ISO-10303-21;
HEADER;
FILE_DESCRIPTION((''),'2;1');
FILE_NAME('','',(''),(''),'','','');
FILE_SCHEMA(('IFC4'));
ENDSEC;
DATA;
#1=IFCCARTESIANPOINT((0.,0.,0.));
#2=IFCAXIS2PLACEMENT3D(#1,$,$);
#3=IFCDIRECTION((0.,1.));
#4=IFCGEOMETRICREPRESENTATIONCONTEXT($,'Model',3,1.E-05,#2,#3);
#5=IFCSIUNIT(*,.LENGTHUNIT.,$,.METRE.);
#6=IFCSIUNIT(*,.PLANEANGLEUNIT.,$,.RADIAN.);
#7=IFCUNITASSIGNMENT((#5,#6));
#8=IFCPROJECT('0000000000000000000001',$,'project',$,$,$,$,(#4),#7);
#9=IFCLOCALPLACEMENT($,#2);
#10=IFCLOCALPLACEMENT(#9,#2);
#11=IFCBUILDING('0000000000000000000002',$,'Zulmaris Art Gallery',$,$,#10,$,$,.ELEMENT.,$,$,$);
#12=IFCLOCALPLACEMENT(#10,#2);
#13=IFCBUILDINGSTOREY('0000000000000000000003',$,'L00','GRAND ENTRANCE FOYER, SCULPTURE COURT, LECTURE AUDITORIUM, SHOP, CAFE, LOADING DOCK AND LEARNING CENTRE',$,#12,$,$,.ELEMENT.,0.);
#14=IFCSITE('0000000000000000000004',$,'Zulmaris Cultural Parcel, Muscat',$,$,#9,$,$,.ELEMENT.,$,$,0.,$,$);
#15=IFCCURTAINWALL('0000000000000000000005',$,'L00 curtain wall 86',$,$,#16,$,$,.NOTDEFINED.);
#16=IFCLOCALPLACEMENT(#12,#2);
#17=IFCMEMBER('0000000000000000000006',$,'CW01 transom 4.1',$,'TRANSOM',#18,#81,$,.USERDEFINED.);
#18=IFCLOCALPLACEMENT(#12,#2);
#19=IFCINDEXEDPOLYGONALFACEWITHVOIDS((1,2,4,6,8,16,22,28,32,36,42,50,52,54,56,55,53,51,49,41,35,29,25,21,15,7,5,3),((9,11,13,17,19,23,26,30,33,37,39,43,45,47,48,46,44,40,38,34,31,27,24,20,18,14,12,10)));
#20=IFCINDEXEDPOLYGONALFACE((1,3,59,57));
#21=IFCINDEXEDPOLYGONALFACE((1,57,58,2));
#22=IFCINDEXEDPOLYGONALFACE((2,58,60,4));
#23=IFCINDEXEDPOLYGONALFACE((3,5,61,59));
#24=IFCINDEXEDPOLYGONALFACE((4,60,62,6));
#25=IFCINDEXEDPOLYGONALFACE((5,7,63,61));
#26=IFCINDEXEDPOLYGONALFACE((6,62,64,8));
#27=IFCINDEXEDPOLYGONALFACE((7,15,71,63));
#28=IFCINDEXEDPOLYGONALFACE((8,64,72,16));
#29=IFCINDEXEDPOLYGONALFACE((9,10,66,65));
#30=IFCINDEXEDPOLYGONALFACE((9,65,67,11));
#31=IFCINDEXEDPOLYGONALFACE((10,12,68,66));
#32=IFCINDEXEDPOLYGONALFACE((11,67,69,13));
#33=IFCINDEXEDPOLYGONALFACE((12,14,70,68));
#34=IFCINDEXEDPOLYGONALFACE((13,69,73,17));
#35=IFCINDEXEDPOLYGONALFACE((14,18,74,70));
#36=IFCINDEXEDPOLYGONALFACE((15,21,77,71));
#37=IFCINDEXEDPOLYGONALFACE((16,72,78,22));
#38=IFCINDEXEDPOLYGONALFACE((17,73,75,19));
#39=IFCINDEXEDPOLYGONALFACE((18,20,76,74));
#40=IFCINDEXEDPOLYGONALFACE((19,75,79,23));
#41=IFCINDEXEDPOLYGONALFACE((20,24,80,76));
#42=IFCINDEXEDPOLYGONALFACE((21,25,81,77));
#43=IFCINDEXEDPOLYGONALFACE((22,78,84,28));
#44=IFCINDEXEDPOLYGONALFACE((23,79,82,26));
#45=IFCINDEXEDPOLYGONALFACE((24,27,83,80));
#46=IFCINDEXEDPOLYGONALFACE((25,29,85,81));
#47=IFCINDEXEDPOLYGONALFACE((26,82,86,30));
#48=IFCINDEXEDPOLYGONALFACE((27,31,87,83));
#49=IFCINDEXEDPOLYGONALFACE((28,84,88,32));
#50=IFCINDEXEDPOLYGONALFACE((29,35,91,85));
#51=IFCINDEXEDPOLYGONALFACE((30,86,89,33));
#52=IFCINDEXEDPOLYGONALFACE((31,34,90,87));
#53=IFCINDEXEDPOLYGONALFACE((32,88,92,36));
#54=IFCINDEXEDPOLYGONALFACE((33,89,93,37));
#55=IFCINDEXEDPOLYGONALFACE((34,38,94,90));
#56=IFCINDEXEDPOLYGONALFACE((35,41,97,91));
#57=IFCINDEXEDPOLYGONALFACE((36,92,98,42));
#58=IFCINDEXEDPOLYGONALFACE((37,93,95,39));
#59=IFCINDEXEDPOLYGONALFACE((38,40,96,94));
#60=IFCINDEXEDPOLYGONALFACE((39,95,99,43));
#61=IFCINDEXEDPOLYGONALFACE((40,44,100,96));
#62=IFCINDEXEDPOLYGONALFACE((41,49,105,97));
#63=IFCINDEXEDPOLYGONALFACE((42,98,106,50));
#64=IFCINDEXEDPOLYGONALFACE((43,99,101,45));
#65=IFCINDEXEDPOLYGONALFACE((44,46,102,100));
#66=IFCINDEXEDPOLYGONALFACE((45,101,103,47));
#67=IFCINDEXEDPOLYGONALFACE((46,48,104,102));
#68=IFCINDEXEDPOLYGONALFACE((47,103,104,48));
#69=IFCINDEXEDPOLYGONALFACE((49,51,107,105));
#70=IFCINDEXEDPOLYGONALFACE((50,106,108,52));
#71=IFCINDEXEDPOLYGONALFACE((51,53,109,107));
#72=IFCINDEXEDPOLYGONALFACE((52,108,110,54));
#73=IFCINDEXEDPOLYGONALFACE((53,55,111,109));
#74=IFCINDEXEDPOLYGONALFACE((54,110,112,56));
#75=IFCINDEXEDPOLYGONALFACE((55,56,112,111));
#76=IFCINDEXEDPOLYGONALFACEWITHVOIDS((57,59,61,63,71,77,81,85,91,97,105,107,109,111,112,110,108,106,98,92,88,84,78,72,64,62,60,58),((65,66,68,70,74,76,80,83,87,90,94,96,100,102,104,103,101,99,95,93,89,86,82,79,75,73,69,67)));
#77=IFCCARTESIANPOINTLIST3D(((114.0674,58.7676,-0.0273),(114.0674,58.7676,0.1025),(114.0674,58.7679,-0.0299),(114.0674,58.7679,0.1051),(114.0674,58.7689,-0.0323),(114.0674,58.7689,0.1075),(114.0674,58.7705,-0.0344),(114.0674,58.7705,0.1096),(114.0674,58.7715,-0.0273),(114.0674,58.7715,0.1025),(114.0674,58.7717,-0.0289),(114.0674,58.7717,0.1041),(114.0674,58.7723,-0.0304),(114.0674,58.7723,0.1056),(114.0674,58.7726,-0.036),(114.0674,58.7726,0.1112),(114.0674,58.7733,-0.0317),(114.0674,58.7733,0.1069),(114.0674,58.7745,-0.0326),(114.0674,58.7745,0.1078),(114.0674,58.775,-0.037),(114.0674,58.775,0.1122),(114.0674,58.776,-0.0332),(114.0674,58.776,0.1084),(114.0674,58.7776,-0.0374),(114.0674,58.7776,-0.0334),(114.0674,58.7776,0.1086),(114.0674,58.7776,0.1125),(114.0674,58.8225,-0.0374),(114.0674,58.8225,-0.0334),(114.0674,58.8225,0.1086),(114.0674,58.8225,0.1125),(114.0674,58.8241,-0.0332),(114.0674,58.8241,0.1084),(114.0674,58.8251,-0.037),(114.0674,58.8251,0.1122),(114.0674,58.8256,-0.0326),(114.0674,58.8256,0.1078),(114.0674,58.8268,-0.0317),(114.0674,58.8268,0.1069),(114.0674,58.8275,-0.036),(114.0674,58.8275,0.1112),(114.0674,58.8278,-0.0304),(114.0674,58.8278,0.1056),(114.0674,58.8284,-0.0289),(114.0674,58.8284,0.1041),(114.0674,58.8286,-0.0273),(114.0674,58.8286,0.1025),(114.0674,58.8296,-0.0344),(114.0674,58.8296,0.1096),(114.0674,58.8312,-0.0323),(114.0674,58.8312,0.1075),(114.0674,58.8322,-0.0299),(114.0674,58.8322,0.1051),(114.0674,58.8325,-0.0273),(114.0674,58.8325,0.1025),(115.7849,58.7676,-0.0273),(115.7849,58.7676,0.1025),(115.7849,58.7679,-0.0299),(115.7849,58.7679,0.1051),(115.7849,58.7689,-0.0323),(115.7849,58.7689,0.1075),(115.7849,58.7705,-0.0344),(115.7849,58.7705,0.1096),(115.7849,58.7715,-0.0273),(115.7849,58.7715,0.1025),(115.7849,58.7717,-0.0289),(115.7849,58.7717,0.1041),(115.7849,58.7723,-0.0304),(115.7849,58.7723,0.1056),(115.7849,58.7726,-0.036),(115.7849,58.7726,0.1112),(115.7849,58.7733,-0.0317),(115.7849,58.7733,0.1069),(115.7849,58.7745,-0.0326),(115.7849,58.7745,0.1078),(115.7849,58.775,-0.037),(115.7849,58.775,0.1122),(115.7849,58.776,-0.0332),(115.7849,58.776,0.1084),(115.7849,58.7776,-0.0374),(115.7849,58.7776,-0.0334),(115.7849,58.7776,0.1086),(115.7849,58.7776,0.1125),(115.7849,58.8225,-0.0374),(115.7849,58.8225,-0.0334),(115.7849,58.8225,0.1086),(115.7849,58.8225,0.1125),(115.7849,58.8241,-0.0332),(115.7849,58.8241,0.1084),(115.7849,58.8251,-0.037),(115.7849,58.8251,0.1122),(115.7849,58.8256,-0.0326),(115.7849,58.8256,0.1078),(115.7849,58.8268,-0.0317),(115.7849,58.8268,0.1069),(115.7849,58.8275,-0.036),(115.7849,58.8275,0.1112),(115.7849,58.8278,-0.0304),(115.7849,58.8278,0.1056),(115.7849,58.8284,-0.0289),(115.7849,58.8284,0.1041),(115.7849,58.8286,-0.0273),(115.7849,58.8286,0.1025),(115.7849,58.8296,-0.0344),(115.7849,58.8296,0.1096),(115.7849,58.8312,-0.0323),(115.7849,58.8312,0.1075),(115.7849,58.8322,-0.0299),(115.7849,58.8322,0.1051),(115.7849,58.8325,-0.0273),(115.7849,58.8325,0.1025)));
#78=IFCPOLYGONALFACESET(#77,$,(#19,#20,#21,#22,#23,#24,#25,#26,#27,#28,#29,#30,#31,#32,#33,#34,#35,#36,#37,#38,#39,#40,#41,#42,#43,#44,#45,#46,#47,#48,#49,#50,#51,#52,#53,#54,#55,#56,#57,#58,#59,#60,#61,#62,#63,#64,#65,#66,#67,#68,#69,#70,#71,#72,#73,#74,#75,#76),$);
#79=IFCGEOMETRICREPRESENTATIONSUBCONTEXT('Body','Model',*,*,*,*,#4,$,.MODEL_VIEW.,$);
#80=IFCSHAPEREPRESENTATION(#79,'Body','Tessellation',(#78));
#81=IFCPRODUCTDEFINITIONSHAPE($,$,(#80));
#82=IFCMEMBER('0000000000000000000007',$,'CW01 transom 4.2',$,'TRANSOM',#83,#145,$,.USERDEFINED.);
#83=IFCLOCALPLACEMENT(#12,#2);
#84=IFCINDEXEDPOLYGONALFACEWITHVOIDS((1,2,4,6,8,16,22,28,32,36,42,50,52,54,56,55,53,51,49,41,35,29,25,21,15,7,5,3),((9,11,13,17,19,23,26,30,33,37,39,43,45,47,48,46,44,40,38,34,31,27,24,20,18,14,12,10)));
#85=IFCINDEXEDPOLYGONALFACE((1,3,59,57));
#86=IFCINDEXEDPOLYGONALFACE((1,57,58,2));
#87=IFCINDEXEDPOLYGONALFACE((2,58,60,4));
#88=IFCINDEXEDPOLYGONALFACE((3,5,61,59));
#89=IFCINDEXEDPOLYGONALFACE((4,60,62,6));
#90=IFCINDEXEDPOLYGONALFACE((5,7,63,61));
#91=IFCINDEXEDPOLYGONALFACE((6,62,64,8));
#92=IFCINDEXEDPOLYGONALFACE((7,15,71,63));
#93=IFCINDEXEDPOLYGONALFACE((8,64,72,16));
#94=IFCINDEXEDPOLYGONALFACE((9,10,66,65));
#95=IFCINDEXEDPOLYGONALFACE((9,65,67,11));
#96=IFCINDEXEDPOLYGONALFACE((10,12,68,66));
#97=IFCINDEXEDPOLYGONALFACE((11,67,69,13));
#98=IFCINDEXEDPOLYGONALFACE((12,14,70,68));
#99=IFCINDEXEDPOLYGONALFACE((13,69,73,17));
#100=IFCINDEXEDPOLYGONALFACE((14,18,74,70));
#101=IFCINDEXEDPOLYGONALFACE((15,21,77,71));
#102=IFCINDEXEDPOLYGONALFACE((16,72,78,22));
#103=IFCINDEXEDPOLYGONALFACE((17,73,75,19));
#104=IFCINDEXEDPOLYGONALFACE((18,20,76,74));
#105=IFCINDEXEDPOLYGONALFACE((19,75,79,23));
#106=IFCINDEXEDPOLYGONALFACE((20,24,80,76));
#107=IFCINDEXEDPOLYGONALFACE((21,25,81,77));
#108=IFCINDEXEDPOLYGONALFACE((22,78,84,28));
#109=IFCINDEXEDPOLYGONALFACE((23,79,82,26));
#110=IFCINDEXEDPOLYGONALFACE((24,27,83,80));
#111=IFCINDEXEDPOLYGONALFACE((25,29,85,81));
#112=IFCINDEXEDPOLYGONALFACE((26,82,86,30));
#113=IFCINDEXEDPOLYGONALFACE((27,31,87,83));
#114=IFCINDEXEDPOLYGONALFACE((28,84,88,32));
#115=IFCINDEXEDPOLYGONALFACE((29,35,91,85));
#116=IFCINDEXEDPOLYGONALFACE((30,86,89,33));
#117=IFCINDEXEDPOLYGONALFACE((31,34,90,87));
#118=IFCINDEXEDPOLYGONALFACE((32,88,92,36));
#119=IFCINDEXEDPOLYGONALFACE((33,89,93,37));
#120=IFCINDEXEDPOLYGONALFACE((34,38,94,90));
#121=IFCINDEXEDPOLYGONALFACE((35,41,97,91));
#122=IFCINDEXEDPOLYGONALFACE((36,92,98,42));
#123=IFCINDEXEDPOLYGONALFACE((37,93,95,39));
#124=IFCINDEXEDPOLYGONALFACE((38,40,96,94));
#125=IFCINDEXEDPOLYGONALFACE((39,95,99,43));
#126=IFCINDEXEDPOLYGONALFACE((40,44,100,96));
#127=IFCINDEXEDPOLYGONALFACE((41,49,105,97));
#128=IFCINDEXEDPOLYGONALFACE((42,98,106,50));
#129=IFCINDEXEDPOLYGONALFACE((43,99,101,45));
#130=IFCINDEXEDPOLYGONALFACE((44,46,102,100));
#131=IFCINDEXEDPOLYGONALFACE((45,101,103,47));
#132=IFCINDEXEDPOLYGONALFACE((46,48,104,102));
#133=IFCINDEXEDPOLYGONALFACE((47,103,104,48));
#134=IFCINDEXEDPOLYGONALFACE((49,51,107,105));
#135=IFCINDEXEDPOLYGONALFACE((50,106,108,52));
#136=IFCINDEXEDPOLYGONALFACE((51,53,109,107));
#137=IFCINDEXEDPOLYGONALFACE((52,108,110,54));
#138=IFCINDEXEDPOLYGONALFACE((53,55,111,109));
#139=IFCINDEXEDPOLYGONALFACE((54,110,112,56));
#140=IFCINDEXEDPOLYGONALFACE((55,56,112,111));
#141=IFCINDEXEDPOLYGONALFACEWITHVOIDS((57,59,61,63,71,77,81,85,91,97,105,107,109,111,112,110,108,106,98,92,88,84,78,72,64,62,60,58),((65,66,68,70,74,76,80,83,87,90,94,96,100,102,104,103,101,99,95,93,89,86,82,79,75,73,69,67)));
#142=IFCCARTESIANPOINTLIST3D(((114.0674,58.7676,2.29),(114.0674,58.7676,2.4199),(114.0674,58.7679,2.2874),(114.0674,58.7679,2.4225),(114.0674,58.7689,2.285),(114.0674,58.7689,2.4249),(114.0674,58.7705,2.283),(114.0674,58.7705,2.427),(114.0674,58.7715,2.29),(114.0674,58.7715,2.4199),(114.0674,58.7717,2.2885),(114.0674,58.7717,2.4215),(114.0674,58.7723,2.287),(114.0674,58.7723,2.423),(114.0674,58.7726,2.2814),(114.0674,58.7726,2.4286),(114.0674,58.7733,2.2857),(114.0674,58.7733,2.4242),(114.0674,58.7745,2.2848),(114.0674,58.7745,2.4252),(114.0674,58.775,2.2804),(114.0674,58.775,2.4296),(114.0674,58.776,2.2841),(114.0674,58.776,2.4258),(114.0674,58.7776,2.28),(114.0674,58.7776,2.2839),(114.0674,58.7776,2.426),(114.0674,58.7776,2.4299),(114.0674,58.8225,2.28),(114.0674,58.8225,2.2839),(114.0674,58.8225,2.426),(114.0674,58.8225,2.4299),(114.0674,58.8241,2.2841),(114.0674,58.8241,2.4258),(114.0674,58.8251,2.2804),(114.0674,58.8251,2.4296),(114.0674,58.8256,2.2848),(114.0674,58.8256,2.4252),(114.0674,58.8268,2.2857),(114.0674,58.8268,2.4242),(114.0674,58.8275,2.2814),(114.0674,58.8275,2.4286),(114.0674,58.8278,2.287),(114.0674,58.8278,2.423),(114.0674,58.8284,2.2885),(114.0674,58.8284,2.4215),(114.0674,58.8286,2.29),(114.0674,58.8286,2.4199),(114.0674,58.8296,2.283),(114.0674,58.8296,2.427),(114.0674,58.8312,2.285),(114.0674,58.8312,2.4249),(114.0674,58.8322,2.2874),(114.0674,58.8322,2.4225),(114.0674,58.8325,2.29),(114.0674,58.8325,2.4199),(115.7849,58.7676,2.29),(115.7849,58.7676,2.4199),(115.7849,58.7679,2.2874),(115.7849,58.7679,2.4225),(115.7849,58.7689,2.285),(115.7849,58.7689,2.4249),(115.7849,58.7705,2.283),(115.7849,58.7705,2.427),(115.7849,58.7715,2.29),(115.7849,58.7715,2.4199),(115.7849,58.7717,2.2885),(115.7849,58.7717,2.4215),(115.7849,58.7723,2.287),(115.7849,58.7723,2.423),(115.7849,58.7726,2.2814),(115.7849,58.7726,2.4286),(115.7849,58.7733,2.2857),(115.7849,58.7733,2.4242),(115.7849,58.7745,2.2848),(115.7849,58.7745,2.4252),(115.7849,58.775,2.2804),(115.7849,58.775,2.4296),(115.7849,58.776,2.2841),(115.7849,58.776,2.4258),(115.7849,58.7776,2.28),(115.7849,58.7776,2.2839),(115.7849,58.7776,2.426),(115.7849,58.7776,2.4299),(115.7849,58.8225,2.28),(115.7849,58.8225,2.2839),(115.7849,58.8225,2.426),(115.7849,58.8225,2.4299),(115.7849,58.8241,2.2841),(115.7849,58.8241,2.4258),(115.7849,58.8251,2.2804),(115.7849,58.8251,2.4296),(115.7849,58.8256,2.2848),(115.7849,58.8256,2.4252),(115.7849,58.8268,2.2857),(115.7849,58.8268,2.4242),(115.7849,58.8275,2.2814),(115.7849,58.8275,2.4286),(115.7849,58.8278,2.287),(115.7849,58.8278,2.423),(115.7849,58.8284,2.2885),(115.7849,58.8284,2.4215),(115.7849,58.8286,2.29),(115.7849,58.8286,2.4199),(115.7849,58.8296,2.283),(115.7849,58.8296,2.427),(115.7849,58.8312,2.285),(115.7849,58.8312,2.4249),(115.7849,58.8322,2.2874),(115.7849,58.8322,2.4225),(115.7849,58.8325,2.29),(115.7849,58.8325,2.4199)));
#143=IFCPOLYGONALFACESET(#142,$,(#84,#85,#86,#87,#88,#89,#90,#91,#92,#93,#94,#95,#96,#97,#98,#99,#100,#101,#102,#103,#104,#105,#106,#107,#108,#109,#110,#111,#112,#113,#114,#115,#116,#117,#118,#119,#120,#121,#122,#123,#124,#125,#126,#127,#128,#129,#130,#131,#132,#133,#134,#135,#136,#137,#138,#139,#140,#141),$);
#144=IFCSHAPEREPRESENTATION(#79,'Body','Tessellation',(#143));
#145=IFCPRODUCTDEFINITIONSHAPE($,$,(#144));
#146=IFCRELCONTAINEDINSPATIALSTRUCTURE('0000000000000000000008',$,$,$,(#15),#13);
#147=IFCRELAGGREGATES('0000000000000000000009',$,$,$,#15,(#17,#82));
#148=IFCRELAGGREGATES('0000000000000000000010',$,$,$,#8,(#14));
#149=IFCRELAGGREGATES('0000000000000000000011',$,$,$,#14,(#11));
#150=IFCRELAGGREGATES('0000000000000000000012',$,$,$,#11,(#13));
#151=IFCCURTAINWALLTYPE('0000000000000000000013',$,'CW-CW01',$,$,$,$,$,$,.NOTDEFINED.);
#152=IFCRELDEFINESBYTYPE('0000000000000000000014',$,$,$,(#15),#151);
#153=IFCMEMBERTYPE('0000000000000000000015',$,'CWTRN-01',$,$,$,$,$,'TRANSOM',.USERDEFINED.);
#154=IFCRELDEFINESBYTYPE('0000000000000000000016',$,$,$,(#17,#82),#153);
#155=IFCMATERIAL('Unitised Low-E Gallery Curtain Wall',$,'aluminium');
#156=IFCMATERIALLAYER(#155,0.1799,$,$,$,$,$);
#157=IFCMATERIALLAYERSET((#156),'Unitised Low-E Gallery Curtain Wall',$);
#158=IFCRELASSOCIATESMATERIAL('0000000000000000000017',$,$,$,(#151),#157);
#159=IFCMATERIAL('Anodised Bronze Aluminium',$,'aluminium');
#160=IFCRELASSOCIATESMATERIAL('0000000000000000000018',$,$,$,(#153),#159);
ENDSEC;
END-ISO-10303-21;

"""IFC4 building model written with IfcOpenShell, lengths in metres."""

from ifc_helpers import new_model, si_unit, direction, frame, origin, origin_2d, place, context, subcontext, project, spatial, hollow_rectangle, extrude, material, layer, layer_set, material_profile, profile_set, type_object, element, aggregate, save


model = new_model("IFC4")

# Units and contexts
model_context = context("Model", 3, precision=1e-05, world=origin(), true_north=direction((0.0, 1.0)))
body_context = subcontext(model_context, "Body", "Model", "MODEL_VIEW")
ifc_project = project(units=[si_unit("LENGTHUNIT", "METRE"), si_unit("PLANEANGLEUNIT", "RADIAN")], contexts=[model_context])

# Site, building, storey
site_placement = place(None, origin())
site = spatial("IfcSite", under=ifc_project, at=site_placement, Name="Zulmaris Cultural Parcel, Muscat", CompositionType="ELEMENT", RefElevation=0.0)
building_placement = place(site_placement, origin())
building = spatial("IfcBuilding", under=site, at=building_placement, Name="Zulmaris Art Gallery", CompositionType="ELEMENT")
storey_placement = place(building_placement, origin())
storey = spatial("IfcBuildingStorey", under=building, at=storey_placement, Name="L00", Description="GRAND ENTRANCE FOYER, SCULPTURE COURT, LECTURE AUDITORIUM, SHOP, CAFE, LOADING DOCK AND LEARNING CENTRE", CompositionType="ELEMENT", Elevation=0.0)

# Curtain wall
ifc_material_1 = material(Name="Unitised Low-E Gallery Curtain Wall", Category="aluminium")
ifc_layer_1 = layer(ifc_material_1, 0.1799)
ifc_layer_set_1 = layer_set([ifc_layer_1], Name="Unitised Low-E Gallery Curtain Wall")
curtain_wall_type = type_object("IfcCurtainWallType", Name="CW-CW01", PredefinedType="NOTDEFINED", material=ifc_layer_set_1)
curtain_wall_1_placement = place(storey_placement, origin())
curtain_wall_1 = element("IfcCurtainWall", 1, at=curtain_wall_1_placement, inside=storey, type_object=curtain_wall_type, Name="L00 curtain wall 86", PredefinedType="NOTDEFINED")
ifc_material_2 = material(Name="Anodised Bronze Aluminium", Category="aluminium")

# Members
ifc_material_profile_1 = material_profile(ifc_material_2, hollow_rectangle(XDim=0.0649, YDim=0.1499, WallThickness=0.0039, InnerFilletRadius=0.0061, OuterFilletRadius=0.01, at=origin_2d()), Name="ALU 65x150x4")
ifc_profile_set_1 = profile_set([ifc_material_profile_1], Name="Anodised Bronze Aluminium")
member_type_1 = type_object("IfcMemberType", Name="CWTRN-01", ElementType="TRANSOM", PredefinedType="USERDEFINED", material=ifc_profile_set_1)
member_1_placement = place(storey_placement, frame((114.0674, 58.8, 0.0376), z_axis=(1.0, 0.0, 0.0), x_axis=(0.0, 1.0, 0.0)))
member_1 = element("IfcMember", 2, at=member_1_placement, type_object=member_type_1, Name="CW01 transom 4.1", ObjectType="TRANSOM", PredefinedType="USERDEFINED", context=body_context, shape_type="SweptSolid", body=[
    extrude(hollow_rectangle(XDim=0.0649, YDim=0.1499, WallThickness=0.0039, InnerFilletRadius=0.0061, OuterFilletRadius=0.01, at=origin_2d()), origin(), (0.0, 0.0, 1.0), 1.7175),
])
member_2_placement = place(storey_placement, frame((114.0674, 58.8, 2.355), z_axis=(1.0, 0.0, 0.0), x_axis=(0.0, 1.0, 0.0)))
member_2 = element("IfcMember", 3, at=member_2_placement, type_object=member_type_1, Name="CW01 transom 4.2", ObjectType="TRANSOM", PredefinedType="USERDEFINED", context=body_context, shape_type="SweptSolid", body=[
    extrude(hollow_rectangle(XDim=0.0649, YDim=0.1499, WallThickness=0.0039, InnerFilletRadius=0.0061, OuterFilletRadius=0.01, at=origin_2d()), origin(), (0.0, 0.0, 1.0), 1.7175),
])

aggregate(curtain_wall_1, [member_1, member_2])

save(model, "model.ifc")
